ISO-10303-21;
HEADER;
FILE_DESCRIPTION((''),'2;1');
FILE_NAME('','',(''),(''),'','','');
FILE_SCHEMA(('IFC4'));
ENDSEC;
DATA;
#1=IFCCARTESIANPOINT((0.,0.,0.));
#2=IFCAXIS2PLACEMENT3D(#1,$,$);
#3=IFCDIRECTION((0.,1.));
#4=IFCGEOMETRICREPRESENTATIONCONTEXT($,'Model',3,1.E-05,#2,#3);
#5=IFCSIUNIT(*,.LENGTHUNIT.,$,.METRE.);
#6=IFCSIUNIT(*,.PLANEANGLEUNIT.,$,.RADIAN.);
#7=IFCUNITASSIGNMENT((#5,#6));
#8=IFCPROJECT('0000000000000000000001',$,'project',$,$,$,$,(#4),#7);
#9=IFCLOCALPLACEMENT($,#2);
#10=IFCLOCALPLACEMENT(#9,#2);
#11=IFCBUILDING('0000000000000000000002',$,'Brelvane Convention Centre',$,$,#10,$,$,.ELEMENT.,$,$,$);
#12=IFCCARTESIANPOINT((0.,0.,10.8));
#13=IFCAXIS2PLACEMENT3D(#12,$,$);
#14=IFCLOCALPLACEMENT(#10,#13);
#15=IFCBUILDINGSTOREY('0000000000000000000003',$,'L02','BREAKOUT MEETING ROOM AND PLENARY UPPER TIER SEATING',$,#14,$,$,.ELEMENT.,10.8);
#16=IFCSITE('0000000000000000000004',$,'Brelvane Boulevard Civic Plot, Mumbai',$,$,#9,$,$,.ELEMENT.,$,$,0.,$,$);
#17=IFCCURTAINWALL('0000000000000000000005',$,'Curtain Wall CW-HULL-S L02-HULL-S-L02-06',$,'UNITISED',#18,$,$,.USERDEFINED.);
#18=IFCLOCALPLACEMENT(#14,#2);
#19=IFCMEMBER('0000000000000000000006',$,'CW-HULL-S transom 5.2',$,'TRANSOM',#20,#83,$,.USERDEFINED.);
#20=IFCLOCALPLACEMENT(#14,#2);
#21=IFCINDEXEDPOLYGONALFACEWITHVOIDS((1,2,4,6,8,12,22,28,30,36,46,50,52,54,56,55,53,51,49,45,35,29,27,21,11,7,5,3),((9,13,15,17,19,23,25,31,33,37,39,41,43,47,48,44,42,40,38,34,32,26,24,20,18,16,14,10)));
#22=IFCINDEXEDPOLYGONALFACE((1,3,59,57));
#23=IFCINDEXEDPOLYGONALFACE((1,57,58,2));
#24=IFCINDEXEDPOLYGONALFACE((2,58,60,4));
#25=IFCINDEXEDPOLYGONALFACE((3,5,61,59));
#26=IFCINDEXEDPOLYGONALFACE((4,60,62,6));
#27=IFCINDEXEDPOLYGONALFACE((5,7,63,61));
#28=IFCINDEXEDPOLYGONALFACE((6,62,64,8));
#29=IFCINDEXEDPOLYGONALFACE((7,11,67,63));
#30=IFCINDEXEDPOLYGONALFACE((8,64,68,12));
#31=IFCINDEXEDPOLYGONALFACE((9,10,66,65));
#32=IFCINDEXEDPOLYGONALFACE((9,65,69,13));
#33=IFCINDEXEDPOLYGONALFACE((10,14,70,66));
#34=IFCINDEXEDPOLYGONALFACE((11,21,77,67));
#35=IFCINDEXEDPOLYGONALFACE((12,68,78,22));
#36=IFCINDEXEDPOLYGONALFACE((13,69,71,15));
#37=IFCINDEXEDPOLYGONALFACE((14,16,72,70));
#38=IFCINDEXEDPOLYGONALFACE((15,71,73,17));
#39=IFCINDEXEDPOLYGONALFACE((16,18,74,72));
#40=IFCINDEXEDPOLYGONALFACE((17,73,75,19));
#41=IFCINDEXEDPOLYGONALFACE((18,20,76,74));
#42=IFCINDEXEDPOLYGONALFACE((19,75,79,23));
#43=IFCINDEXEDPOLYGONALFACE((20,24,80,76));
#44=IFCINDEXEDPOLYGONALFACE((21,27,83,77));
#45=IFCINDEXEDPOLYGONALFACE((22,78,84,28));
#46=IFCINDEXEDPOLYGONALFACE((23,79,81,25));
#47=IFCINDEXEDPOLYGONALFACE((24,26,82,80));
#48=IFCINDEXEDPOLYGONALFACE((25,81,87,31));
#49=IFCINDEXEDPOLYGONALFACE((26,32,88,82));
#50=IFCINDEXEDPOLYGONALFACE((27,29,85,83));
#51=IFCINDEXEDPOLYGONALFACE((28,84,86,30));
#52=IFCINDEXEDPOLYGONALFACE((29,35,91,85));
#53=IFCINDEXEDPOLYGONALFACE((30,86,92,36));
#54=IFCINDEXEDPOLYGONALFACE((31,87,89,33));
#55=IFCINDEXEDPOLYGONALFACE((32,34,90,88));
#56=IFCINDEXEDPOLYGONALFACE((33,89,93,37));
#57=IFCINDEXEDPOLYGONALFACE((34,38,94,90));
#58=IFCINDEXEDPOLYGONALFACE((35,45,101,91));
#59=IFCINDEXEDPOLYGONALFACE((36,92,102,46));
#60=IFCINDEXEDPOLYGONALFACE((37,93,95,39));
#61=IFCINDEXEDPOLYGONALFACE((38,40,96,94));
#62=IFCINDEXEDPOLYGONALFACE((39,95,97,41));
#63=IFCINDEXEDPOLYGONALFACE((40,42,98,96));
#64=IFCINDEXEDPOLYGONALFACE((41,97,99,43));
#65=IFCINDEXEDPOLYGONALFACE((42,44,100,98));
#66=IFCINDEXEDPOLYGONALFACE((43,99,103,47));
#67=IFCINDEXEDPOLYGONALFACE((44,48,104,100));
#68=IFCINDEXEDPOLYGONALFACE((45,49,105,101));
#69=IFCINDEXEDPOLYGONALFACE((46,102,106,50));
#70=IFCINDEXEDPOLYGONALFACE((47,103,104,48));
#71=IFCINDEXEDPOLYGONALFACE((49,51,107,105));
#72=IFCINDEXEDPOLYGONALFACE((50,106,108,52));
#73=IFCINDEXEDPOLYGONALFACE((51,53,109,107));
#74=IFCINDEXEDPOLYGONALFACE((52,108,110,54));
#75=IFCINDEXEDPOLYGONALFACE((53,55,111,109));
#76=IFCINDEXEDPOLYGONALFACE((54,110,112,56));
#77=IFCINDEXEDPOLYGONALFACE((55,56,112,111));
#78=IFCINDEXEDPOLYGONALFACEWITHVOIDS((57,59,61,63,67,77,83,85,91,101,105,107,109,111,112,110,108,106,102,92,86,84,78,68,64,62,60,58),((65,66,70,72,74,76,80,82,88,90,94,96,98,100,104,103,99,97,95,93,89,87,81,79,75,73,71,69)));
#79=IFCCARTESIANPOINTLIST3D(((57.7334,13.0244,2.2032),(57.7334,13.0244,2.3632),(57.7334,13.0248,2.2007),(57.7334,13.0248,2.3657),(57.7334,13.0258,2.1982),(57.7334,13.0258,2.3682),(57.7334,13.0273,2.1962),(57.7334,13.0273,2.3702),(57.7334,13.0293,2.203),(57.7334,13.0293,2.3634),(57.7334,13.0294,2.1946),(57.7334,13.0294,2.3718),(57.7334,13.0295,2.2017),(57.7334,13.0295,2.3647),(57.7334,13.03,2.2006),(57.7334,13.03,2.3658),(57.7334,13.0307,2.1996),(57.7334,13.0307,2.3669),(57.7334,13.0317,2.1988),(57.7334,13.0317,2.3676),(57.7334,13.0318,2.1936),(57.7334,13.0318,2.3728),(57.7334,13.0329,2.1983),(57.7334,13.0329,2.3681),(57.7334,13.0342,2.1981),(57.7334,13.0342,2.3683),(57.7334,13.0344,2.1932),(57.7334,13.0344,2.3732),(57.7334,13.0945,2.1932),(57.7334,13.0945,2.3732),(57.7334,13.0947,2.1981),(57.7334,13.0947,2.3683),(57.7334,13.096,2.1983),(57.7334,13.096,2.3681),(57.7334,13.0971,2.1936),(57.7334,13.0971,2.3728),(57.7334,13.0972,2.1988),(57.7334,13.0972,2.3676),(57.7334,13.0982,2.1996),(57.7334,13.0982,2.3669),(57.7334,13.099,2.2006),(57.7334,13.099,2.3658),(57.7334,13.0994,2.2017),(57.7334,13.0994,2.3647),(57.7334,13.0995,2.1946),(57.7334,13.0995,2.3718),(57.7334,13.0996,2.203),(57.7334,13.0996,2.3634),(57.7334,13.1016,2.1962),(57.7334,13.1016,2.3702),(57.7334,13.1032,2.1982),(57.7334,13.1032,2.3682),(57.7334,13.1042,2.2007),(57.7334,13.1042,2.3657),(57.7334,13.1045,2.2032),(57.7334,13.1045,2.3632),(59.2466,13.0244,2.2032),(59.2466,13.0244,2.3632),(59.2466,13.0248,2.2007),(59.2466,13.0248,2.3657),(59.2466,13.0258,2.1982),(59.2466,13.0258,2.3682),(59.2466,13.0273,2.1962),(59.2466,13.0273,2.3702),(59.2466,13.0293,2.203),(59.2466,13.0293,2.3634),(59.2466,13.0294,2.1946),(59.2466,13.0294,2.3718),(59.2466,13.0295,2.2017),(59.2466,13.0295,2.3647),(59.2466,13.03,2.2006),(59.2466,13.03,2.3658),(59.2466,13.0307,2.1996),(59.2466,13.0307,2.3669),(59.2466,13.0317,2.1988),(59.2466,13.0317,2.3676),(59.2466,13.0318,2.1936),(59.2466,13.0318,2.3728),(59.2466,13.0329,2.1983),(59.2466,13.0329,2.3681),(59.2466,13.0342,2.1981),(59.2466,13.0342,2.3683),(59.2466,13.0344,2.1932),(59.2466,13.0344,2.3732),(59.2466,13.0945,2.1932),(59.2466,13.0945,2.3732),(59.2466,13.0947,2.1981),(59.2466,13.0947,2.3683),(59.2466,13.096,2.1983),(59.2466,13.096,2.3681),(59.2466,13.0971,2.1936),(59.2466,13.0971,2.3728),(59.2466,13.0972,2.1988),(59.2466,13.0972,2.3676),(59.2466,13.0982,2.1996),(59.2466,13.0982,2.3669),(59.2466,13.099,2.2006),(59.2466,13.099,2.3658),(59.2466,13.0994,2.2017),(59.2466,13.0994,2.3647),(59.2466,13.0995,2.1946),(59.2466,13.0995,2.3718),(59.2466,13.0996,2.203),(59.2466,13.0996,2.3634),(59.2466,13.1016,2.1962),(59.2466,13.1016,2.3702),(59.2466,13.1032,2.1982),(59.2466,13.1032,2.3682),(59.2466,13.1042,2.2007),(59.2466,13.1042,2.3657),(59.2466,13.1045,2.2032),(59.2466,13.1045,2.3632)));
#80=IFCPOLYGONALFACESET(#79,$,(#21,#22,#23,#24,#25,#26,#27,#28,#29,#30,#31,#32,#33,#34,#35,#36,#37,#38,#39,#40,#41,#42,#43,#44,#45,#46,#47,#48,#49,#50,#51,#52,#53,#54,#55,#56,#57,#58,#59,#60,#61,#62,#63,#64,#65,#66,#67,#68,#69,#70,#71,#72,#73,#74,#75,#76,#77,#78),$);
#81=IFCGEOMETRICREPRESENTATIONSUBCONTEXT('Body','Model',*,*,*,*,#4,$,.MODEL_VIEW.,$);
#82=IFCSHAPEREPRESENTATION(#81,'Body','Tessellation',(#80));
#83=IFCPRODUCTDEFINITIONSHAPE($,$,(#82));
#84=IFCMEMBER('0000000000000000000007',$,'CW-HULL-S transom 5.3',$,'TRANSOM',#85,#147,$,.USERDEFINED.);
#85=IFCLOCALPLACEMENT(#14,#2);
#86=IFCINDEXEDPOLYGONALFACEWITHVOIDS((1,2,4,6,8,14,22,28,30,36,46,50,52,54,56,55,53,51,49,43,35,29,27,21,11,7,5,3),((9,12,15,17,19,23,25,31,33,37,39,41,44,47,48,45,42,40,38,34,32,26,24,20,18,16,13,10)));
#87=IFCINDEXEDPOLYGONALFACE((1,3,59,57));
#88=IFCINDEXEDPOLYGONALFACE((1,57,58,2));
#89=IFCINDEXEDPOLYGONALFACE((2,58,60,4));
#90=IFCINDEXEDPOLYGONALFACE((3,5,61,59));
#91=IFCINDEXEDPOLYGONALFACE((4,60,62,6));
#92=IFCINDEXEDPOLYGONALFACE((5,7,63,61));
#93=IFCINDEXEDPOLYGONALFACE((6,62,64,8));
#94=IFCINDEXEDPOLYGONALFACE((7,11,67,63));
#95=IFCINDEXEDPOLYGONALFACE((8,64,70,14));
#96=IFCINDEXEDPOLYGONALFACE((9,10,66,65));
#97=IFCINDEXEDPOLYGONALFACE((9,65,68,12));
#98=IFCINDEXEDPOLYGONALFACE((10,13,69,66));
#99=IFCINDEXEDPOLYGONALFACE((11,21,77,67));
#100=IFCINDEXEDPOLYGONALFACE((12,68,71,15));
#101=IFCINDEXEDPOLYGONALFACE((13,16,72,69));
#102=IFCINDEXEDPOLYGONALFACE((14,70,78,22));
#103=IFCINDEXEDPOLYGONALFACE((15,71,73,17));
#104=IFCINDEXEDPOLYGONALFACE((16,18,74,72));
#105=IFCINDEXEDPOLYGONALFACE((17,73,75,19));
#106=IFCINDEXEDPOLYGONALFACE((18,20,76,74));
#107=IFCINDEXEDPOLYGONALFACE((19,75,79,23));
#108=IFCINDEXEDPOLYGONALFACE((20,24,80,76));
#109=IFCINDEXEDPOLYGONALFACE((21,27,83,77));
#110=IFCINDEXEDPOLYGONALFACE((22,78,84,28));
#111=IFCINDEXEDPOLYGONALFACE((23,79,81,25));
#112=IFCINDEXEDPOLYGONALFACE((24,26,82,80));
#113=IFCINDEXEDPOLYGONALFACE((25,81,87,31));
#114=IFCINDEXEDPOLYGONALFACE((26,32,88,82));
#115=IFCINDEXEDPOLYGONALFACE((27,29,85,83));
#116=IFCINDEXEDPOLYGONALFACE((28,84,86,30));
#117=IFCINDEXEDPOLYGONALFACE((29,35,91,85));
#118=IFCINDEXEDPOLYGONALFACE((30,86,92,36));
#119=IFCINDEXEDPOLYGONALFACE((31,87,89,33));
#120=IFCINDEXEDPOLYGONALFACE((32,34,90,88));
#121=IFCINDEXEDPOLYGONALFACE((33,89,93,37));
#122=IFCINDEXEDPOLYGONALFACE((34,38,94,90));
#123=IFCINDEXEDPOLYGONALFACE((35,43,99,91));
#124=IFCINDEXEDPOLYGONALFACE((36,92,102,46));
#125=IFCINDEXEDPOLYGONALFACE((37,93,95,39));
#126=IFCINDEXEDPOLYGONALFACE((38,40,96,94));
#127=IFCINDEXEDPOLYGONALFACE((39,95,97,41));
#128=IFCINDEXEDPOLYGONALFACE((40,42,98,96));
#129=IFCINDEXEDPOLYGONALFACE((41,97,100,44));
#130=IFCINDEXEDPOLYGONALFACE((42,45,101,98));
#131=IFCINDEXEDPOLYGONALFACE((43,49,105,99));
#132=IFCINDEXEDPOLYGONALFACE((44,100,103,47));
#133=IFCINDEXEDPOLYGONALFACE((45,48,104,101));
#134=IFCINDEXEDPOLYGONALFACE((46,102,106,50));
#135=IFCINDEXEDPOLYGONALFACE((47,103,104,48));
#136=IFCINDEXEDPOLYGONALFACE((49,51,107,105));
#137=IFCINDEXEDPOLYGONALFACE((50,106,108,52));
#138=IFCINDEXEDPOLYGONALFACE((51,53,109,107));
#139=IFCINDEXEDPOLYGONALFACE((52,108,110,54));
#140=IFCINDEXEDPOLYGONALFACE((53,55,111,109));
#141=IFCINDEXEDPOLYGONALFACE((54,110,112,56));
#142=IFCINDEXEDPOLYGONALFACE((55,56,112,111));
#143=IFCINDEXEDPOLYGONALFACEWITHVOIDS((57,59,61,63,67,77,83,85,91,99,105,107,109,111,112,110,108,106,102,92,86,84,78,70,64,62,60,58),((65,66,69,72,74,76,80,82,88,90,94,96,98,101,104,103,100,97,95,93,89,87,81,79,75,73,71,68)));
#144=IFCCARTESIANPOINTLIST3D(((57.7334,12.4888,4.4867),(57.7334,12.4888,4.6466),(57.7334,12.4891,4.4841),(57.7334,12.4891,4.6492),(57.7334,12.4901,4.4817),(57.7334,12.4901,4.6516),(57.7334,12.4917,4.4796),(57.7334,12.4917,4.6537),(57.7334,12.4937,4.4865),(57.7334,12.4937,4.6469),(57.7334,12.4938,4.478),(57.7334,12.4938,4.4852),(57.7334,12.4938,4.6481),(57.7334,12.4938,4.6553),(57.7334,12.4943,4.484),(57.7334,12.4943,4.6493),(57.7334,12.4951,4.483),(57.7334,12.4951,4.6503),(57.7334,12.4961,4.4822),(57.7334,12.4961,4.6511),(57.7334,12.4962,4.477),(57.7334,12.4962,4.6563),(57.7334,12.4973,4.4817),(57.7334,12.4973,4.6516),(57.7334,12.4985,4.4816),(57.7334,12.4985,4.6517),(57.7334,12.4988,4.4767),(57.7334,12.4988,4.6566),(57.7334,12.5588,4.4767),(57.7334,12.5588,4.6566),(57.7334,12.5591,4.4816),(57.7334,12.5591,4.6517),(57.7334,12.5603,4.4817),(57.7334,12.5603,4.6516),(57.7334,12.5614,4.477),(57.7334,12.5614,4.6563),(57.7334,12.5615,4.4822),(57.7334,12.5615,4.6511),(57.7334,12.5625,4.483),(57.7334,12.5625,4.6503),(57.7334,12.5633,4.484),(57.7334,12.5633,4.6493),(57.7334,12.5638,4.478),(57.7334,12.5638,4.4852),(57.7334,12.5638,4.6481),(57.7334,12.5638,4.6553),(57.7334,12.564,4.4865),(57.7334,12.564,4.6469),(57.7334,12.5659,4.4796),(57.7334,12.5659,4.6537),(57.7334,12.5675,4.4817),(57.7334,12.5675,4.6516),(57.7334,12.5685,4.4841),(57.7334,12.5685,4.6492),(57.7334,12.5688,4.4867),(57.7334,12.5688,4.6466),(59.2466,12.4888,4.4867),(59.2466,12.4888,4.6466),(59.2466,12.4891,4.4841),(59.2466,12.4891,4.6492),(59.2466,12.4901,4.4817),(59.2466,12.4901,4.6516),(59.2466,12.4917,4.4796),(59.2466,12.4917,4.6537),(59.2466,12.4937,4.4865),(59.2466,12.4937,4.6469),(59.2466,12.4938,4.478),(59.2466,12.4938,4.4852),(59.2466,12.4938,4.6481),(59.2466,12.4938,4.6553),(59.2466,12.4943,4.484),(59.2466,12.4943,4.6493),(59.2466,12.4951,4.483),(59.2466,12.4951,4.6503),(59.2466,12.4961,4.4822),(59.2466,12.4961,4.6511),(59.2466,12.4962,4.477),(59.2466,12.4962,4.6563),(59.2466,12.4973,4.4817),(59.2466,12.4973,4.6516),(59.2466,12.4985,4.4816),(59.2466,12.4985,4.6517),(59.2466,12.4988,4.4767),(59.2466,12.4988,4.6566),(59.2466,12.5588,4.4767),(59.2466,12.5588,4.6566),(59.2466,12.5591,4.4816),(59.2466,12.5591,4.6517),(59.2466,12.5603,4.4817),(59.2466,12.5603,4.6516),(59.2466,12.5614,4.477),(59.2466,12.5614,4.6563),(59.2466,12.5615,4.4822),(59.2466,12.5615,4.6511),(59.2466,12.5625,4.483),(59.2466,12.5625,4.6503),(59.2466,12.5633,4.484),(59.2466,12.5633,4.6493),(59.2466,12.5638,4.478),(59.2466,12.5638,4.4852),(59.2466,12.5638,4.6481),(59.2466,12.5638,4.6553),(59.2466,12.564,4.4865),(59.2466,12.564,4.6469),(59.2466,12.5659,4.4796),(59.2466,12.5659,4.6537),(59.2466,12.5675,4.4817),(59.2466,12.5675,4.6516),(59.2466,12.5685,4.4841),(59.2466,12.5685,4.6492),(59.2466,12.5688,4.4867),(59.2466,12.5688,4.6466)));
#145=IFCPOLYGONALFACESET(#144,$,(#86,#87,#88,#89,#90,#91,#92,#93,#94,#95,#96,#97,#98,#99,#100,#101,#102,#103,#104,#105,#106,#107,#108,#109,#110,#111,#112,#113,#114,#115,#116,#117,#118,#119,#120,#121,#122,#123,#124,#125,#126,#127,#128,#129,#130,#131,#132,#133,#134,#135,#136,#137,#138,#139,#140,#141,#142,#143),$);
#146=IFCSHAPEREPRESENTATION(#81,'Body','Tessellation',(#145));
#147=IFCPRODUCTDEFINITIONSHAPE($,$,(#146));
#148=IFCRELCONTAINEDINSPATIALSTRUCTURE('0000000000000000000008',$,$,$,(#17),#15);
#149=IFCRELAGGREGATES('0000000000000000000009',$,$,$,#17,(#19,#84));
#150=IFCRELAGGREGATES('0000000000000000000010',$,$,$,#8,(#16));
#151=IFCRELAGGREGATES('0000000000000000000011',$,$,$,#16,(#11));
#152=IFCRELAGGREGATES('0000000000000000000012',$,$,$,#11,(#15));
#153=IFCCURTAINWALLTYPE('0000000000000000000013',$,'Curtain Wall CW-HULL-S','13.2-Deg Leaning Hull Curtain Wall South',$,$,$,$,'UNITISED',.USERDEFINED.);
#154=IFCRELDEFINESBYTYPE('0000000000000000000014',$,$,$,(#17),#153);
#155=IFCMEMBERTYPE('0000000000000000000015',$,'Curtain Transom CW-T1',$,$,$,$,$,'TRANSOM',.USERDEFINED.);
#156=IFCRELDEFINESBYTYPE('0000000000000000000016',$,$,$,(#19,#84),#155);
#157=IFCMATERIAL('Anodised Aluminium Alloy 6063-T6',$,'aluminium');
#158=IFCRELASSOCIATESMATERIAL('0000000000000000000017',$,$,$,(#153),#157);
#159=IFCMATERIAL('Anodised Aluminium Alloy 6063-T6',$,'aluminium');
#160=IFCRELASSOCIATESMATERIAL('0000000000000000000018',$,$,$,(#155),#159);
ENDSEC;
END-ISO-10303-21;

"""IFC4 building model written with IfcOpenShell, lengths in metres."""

from ifc_helpers import new_model, si_unit, direction, frame, origin, origin_2d, place, context, subcontext, project, spatial, hollow_rectangle, extrude, material, material_profile, profile_set, type_object, element, aggregate, save


model = new_model("IFC4")

# Units and contexts
model_context = context("Model", 3, precision=1e-05, world=origin(), true_north=direction((0.0, 1.0)))
body_context = subcontext(model_context, "Body", "Model", "MODEL_VIEW")
ifc_project = project(units=[si_unit("LENGTHUNIT", "METRE"), si_unit("PLANEANGLEUNIT", "RADIAN")], contexts=[model_context])

# Site, building, storey
site_placement = place(None, origin())
site = spatial("IfcSite", under=ifc_project, at=site_placement, Name="Brelvane Boulevard Civic Plot, Mumbai", CompositionType="ELEMENT", RefElevation=0.0)
building_placement = place(site_placement, origin())
building = spatial("IfcBuilding", under=site, at=building_placement, Name="Brelvane Convention Centre", CompositionType="ELEMENT")
storey_placement = place(building_placement, frame((0.0, 0.0, 10.8)))
storey = spatial("IfcBuildingStorey", under=building, at=storey_placement, Name="L02", Description="BREAKOUT MEETING ROOM AND PLENARY UPPER TIER SEATING", CompositionType="ELEMENT", Elevation=10.8)

# Curtain wall, members
ifc_material_1 = material(Name="Anodised Aluminium Alloy 6063-T6", Category="aluminium")
curtain_wall_type = type_object("IfcCurtainWallType", Name="Curtain Wall CW-HULL-S", Description="13.2-Deg Leaning Hull Curtain Wall South", ElementType="UNITISED", PredefinedType="USERDEFINED", material=ifc_material_1)
curtain_wall_placement = place(storey_placement, origin())
curtain_wall = element("IfcCurtainWall", 1, at=curtain_wall_placement, inside=storey, type_object=curtain_wall_type, Name="Curtain Wall CW-HULL-S L02-HULL-S-L02-06", ObjectType="UNITISED", PredefinedType="USERDEFINED")
ifc_material_2 = material(Name="Anodised Aluminium Alloy 6063-T6", Category="aluminium")
ifc_material_profile = material_profile(ifc_material_2, hollow_rectangle(XDim=0.0801, YDim=0.1799, WallThickness=0.0049, InnerFilletRadius=0.0049, OuterFilletRadius=0.01, at=origin_2d()), Name="ALU-T 180x80x5.0")
ifc_profile_set = profile_set([ifc_material_profile], Name="Anodised Aluminium Alloy 6063-T6")
member_type = type_object("IfcMemberType", Name="Curtain Transom CW-T1", ElementType="TRANSOM", PredefinedType="USERDEFINED", material=ifc_profile_set)
member_1_placement = place(storey_placement, frame((57.7334, 13.0645, 2.2832), z_axis=(1.0, 0.0, 0.0), x_axis=(0.0, 1.0, 0.0)))
member_1 = element("IfcMember", 2, at=member_1_placement, type_object=member_type, Name="CW-HULL-S transom 5.2", ObjectType="TRANSOM", PredefinedType="USERDEFINED", context=body_context, shape_type="SweptSolid", body=[
    extrude(hollow_rectangle(XDim=0.0801, YDim=0.1799, WallThickness=0.0049, InnerFilletRadius=0.0049, OuterFilletRadius=0.01, at=origin_2d()), origin(), (0.0, 0.0, 1.0), 1.5132),
])
member_2_placement = place(storey_placement, frame((57.7334, 12.5288, 4.5667), z_axis=(1.0, 0.0, 0.0), x_axis=(0.0, 1.0, 0.0)))
member_2 = element("IfcMember", 3, at=member_2_placement, type_object=member_type, Name="CW-HULL-S transom 5.3", ObjectType="TRANSOM", PredefinedType="USERDEFINED", context=body_context, shape_type="SweptSolid", body=[
    extrude(hollow_rectangle(XDim=0.0801, YDim=0.1799, WallThickness=0.0049, InnerFilletRadius=0.0049, OuterFilletRadius=0.01, at=origin_2d()), origin(), (0.0, 0.0, 1.0), 1.5132),
])
aggregate(curtain_wall, [member_1, member_2])

save(model, "model.ifc")
